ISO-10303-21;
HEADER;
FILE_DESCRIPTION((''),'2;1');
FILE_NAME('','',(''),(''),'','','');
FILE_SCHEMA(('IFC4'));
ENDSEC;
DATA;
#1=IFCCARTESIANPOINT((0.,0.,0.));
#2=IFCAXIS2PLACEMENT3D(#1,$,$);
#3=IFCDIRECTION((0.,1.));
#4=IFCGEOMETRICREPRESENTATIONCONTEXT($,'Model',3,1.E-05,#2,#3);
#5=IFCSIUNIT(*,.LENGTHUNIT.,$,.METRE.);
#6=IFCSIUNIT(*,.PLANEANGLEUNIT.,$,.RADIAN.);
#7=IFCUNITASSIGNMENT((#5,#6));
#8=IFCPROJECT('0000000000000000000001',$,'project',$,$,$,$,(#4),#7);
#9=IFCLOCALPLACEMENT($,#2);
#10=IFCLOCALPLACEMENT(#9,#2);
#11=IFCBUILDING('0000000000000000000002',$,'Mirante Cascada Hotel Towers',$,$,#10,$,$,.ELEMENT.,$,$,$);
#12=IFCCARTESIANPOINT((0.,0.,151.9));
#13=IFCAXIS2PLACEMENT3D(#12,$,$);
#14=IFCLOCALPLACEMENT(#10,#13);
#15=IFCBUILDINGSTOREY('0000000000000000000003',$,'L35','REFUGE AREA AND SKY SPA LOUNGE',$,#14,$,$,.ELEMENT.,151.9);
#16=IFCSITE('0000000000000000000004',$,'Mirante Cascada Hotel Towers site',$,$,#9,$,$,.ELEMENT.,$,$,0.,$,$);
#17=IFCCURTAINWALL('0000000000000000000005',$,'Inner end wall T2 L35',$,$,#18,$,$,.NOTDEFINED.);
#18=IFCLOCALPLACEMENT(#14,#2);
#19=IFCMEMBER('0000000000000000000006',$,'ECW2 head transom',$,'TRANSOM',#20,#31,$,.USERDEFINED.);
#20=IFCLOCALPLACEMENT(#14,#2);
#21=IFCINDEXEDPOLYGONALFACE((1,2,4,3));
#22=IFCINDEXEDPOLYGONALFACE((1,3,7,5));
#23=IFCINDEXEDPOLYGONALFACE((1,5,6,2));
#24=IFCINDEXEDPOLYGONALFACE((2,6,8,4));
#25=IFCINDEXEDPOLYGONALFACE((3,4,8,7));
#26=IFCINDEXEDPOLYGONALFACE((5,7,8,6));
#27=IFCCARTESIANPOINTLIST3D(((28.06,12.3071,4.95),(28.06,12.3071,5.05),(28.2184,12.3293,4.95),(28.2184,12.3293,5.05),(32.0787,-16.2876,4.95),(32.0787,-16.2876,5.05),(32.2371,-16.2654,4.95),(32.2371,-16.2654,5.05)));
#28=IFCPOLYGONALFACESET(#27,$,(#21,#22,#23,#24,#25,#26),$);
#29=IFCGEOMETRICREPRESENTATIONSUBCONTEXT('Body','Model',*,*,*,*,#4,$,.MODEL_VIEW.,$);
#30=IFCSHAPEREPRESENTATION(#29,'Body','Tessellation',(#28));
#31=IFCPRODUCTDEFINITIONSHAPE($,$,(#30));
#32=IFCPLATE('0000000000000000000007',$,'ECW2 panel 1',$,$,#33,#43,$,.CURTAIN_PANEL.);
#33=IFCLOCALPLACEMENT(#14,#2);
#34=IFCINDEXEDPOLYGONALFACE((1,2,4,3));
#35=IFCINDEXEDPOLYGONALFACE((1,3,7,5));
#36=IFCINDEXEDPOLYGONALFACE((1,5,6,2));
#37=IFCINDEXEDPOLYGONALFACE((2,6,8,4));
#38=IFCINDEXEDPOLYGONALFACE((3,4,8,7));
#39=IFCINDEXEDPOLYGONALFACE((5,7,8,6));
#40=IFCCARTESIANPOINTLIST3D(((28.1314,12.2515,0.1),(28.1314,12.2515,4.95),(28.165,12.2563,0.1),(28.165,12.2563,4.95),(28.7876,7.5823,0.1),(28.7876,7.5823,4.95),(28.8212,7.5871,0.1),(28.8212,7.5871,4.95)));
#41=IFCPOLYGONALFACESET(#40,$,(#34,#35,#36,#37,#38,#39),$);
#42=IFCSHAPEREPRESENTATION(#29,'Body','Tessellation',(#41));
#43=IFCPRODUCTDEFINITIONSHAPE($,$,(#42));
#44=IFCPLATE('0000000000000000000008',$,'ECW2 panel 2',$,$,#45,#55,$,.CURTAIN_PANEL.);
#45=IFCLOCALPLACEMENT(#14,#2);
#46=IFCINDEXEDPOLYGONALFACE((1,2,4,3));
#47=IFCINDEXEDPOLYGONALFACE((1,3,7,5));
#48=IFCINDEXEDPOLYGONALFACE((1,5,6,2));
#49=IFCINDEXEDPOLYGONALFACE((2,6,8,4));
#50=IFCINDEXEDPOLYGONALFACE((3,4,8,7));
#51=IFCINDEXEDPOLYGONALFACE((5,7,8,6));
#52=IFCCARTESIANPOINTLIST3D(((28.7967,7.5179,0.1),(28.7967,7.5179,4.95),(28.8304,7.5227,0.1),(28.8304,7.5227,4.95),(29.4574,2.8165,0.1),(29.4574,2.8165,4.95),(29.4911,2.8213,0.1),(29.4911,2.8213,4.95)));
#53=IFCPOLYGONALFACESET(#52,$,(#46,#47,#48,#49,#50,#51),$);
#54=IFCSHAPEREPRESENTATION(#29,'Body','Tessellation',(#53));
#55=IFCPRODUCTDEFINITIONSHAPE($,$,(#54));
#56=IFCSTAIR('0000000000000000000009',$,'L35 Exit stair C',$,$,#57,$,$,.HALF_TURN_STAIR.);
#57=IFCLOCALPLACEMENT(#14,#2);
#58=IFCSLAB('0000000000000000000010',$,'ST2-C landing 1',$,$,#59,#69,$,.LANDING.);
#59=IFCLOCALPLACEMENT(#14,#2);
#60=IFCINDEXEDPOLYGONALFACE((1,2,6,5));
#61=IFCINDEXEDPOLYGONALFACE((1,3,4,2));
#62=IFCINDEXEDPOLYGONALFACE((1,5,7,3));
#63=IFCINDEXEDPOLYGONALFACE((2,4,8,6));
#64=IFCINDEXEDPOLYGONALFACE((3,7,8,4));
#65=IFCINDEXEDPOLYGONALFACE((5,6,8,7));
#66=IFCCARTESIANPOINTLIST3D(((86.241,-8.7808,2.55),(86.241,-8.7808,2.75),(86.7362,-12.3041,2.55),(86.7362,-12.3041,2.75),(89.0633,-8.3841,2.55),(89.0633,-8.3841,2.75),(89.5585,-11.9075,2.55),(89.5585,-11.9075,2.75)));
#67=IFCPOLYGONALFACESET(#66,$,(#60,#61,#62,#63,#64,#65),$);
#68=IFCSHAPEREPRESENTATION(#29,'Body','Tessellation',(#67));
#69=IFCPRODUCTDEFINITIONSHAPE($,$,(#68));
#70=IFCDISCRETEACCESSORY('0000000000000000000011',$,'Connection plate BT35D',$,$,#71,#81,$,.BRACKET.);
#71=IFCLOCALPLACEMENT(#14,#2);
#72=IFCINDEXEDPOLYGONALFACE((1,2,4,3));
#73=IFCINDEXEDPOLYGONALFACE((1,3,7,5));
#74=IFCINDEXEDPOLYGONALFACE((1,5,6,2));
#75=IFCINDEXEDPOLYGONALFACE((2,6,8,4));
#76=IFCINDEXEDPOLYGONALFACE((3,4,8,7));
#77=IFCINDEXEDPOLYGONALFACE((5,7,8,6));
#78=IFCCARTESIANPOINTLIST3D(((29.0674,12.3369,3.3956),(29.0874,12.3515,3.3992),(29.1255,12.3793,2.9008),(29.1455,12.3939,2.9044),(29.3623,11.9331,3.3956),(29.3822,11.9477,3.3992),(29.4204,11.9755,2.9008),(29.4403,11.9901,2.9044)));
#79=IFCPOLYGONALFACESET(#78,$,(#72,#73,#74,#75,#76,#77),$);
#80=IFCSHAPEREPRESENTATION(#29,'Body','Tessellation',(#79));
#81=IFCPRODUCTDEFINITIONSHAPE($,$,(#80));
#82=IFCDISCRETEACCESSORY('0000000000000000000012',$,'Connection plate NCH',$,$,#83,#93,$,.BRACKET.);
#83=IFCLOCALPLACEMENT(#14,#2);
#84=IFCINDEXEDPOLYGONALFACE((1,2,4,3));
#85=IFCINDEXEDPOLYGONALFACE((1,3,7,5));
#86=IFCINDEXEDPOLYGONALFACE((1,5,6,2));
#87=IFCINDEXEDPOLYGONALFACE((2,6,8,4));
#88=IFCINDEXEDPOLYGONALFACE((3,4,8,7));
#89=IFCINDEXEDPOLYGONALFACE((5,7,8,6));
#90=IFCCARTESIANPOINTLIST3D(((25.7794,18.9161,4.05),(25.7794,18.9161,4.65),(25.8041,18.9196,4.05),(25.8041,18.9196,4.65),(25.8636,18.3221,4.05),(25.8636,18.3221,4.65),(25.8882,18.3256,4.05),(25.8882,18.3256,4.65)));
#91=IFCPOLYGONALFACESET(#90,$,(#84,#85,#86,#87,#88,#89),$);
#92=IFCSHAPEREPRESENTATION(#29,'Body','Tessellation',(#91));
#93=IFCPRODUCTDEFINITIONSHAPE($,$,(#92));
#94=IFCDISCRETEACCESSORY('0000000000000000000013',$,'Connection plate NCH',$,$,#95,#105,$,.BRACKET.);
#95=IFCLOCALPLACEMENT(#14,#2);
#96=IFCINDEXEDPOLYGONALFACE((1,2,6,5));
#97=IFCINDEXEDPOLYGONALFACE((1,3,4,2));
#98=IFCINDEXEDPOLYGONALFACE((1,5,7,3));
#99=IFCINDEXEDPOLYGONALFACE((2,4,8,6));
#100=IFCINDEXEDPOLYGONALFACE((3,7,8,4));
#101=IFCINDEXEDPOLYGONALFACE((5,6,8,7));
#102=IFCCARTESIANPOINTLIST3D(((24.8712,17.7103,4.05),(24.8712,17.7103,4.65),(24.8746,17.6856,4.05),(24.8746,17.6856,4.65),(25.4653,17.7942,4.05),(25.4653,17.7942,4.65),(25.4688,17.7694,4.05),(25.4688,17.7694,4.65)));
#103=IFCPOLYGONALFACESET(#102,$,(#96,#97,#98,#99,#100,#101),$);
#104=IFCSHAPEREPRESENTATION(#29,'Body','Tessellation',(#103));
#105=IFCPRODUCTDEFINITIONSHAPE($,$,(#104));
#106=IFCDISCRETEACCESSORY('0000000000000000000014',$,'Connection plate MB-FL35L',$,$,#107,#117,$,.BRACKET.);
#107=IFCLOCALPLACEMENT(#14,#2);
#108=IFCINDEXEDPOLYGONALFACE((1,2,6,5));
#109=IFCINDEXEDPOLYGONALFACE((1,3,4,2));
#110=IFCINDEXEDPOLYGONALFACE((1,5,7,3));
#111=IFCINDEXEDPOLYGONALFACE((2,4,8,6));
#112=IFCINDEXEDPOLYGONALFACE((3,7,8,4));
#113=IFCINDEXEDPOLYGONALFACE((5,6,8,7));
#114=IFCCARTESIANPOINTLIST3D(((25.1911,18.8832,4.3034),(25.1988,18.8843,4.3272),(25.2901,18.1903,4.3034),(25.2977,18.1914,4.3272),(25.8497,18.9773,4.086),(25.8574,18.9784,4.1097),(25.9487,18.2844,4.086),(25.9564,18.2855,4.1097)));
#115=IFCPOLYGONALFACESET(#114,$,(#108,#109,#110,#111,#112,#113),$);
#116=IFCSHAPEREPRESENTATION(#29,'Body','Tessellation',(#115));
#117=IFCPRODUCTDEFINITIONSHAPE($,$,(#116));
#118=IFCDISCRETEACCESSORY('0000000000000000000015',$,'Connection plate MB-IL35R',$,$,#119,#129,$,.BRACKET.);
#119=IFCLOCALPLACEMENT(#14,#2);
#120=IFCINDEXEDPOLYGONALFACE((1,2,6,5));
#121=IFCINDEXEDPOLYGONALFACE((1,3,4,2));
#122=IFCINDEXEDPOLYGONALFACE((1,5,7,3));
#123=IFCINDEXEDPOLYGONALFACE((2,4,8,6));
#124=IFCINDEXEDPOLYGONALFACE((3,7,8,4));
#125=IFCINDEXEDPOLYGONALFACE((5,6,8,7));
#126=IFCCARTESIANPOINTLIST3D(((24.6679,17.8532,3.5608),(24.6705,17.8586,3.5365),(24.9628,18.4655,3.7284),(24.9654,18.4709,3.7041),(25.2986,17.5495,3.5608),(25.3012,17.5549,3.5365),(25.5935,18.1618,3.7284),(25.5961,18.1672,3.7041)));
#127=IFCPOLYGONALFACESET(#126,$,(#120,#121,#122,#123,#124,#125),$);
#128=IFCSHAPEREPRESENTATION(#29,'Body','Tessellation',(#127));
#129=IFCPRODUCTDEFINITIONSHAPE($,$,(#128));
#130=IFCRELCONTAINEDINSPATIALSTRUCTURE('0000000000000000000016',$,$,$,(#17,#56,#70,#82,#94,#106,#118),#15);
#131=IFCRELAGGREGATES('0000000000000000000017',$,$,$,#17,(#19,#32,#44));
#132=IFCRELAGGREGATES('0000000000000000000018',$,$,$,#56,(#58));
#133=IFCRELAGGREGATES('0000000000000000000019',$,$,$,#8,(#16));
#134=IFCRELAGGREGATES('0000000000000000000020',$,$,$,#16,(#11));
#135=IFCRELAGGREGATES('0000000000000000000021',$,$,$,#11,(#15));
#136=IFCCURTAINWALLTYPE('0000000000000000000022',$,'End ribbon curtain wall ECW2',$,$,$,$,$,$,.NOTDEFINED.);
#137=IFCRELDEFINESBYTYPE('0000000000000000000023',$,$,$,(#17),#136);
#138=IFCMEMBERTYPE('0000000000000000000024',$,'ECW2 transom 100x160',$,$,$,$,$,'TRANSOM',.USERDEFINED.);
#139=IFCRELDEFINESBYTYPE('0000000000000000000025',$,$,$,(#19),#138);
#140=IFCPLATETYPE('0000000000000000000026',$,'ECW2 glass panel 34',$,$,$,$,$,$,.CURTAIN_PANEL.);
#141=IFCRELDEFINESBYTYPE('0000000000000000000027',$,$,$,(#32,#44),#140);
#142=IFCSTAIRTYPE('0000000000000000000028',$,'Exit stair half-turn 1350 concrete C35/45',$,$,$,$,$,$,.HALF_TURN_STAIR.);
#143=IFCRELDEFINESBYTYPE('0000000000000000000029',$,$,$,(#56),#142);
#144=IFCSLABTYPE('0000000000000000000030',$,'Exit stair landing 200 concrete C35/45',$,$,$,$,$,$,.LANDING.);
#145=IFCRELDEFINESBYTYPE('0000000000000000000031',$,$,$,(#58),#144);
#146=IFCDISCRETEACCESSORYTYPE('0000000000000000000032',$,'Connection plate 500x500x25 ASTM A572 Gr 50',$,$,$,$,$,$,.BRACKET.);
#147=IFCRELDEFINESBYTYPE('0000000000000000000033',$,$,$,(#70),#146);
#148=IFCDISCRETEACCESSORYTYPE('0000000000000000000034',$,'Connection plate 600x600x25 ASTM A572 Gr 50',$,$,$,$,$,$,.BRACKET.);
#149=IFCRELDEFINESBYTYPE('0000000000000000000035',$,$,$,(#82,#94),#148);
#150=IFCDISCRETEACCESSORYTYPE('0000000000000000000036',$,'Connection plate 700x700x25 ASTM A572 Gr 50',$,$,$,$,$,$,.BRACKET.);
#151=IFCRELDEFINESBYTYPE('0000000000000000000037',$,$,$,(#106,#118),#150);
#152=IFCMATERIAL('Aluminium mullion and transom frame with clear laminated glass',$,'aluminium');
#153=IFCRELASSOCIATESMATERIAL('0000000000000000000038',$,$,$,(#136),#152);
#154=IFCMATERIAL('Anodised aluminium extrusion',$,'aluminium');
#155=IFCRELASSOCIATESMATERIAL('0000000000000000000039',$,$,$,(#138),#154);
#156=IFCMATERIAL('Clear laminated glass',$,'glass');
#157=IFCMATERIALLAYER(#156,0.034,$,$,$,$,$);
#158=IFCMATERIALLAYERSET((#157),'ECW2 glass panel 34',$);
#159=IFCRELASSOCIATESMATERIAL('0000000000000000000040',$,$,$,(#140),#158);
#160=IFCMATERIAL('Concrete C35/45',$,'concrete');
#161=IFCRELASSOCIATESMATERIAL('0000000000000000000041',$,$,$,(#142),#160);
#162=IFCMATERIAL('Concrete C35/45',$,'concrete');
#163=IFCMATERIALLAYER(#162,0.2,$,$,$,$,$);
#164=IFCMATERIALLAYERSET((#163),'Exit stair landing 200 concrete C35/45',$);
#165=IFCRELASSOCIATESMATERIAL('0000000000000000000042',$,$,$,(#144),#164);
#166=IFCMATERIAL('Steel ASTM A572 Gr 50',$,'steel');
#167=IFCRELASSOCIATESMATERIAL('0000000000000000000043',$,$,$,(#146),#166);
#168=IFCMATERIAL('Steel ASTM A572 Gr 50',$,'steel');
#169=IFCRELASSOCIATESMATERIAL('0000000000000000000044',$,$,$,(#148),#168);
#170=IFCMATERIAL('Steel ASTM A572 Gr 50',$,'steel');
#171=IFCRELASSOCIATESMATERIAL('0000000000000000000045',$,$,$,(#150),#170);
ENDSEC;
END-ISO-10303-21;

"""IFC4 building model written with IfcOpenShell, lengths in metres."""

from ifc_helpers import new_model, si_unit, direction, frame, origin, origin_2d, place, context, subcontext, project, spatial, polyline, rectangle, outline, extrude, material, layer, layer_set, material_profile, profile_set, type_object, element, aggregate, save


model = new_model("IFC4")

# Units and contexts
model_context = context("Model", 3, precision=1e-05, world=origin(), true_north=direction((0.0, 1.0)))
body_context = subcontext(model_context, "Body", "Model", "MODEL_VIEW")
ifc_project = project(units=[si_unit("LENGTHUNIT", "METRE"), si_unit("PLANEANGLEUNIT", "RADIAN")], contexts=[model_context])

# Site, building, storey
site_placement = place(None, origin())
site = spatial("IfcSite", under=ifc_project, at=site_placement, Name="Mirante Cascada Hotel Towers site", CompositionType="ELEMENT", RefElevation=0.0)
building_placement = place(site_placement, origin())
building = spatial("IfcBuilding", under=site, at=building_placement, Name="Mirante Cascada Hotel Towers", CompositionType="ELEMENT")
storey_placement = place(building_placement, frame((0.0, 0.0, 151.9)))
storey = spatial("IfcBuildingStorey", under=building, at=storey_placement, Name="L35", Description="REFUGE AREA AND SKY SPA LOUNGE", CompositionType="ELEMENT", Elevation=151.9)

# Curtain wall, member, plates
ifc_material_1 = material(Name="Aluminium mullion and transom frame with clear laminated glass", Category="aluminium")
curtain_wall_type = type_object("IfcCurtainWallType", Name="End ribbon curtain wall ECW2", PredefinedType="NOTDEFINED", material=ifc_material_1)
curtain_wall_placement = place(storey_placement, origin())
curtain_wall = element("IfcCurtainWall", 1, at=curtain_wall_placement, inside=storey, type_object=curtain_wall_type, Name="Inner end wall T2 L35", PredefinedType="NOTDEFINED")
ifc_material_2 = material(Name="Anodised aluminium extrusion", Category="aluminium")
ifc_material_profile_1 = material_profile(ifc_material_2, rectangle(XDim=0.16, YDim=0.1, at=origin_2d()), Name="ECW2 TRANSOM 100x160")
ifc_profile_set_1 = profile_set([ifc_material_profile_1], Name="Anodised aluminium extrusion")
member_type_1 = type_object("IfcMemberType", Name="ECW2 transom 100x160", ElementType="TRANSOM", PredefinedType="USERDEFINED", material=ifc_profile_set_1)
member_1_placement = place(storey_placement, frame((28.1392, 12.3182, 5.0), z_axis=(0.139172, -0.990268, 0.0), x_axis=(0.990268, 0.139172, 0.0)))
member_1 = element("IfcMember", 2, at=member_1_placement, type_object=member_type_1, Name="ECW2 head transom", ObjectType="TRANSOM", PredefinedType="USERDEFINED", context=body_context, shape_type="SweptSolid", body=[
    extrude(rectangle(XDim=0.16, YDim=0.1, at=origin_2d()), origin(), (0.0, 0.0, 1.0), 28.8757),
])
ifc_material_3 = material(Name="Clear laminated glass", Category="glass")
ifc_layer_1 = layer(ifc_material_3, 0.034)
ifc_layer_set_1 = layer_set([ifc_layer_1], Name="ECW2 glass panel 34")
plate_type = type_object("IfcPlateType", Name="ECW2 glass panel 34", PredefinedType="CURTAIN_PANEL", material=ifc_layer_set_1)
plate_1_placement = place(storey_placement, frame((28.4763, 9.9193, 0.1), z_axis=(0.0, 0.0, 1.0), x_axis=(0.139173, -0.990268, 0.0)))
plate_1 = element("IfcPlate", 3, at=plate_1_placement, type_object=plate_type, Name="ECW2 panel 1", PredefinedType="CURTAIN_PANEL", context=body_context, shape_type="SweptSolid", body=[
    extrude(rectangle(XDim=4.7151, YDim=0.034, at=origin_2d()), origin(), (0.0, 0.0, 1.0), 4.85),
])
plate_2_placement = place(storey_placement, frame((29.1439, 5.1696, 0.1), z_axis=(0.0, 0.0, 1.0), x_axis=(0.139173, -0.990268, 0.0)))
plate_2 = element("IfcPlate", 4, at=plate_2_placement, type_object=plate_type, Name="ECW2 panel 2", PredefinedType="CURTAIN_PANEL", context=body_context, shape_type="SweptSolid", body=[
    extrude(rectangle(XDim=4.7476, YDim=0.034, at=origin_2d()), origin(), (0.0, 0.0, 1.0), 4.85),
])
aggregate(curtain_wall, [member_1, plate_1, plate_2])

# Stair, slab
ifc_material_4 = material(Name="Concrete C35/45", Category="concrete")
stair_type = type_object("IfcStairType", Name="Exit stair half-turn 1350 concrete C35/45", PredefinedType="HALF_TURN_STAIR", material=ifc_material_4)
stair_placement = place(storey_placement, origin())
stair = element("IfcStair", 5, at=stair_placement, inside=storey, type_object=stair_type, Name="L35 Exit stair C", PredefinedType="HALF_TURN_STAIR")
ifc_material_5 = material(Name="Concrete C35/45", Category="concrete")
ifc_layer_2 = layer(ifc_material_5, 0.2)
ifc_layer_set_2 = layer_set([ifc_layer_2], Name="Exit stair landing 200 concrete C35/45")
slab_type = type_object("IfcSlabType", Name="Exit stair landing 200 concrete C35/45", PredefinedType="LANDING", material=ifc_layer_set_2)
slab_placement = place(storey_placement, frame((0.0, 0.0, 2.55)))
slab = element("IfcSlab", 6, at=slab_placement, type_object=slab_type, Name="ST2-C landing 1", PredefinedType="LANDING", context=body_context, shape_type="SweptSolid", body=[
    extrude(outline(polyline([(86.241, -8.7808), (86.7362, -12.3041), (89.5585, -11.9075), (89.0633, -8.3841), (86.241, -8.7808)])), origin(), (0.0, 0.0, 1.0), 0.2),
])
aggregate(stair, [slab])

# Discrete accessories
ifc_material_6 = material(Name="Steel ASTM A572 Gr 50", Category="steel")
ifc_material_profile_2 = material_profile(ifc_material_6, rectangle(XDim=0.5, YDim=0.5, at=origin_2d()), Name="Connection plate 500x500x25 ASTM A572 Gr 50")
ifc_profile_set_2 = profile_set([ifc_material_profile_2], Name="Steel ASTM A572 Gr 50")
discrete_accessory_type_1 = type_object("IfcDiscreteAccessoryType", Name="Connection plate 500x500x25 ASTM A572 Gr 50", PredefinedType="BRACKET", material=ifc_profile_set_2)
discrete_accessory_1_placement = place(storey_placement, frame((29.2439, 12.1562, 3.1482), z_axis=(0.799284, 0.583477, 0.143871), x_axis=(-0.589611, 0.807687, 0.0)))
element("IfcDiscreteAccessory", 7, at=discrete_accessory_1_placement, inside=storey, type_object=discrete_accessory_type_1, Name="Connection plate BT35D", PredefinedType="BRACKET", context=body_context, shape_type="SweptSolid", body=[
    extrude(rectangle(XDim=0.5, YDim=0.5, at=origin_2d()), origin(), (0.0, 0.0, 1.0), 0.025),
])
ifc_material_7 = material(Name="Steel ASTM A572 Gr 50", Category="steel")
ifc_material_profile_3 = material_profile(ifc_material_7, rectangle(XDim=0.6, YDim=0.6, at=origin_2d()), Name="Connection plate 600x600x25 ASTM A572 Gr 50")
ifc_profile_set_3 = profile_set([ifc_material_profile_3], Name="Steel ASTM A572 Gr 50")
discrete_accessory_type_2 = type_object("IfcDiscreteAccessoryType", Name="Connection plate 600x600x25 ASTM A572 Gr 50", PredefinedType="BRACKET", material=ifc_profile_set_3)
discrete_accessory_2_placement = place(storey_placement, frame((25.8215, 18.6191, 4.35), z_axis=(0.990109, 0.140299, 0.0), x_axis=(-0.140299, 0.990109, 0.0)))
element("IfcDiscreteAccessory", 8, at=discrete_accessory_2_placement, inside=storey, type_object=discrete_accessory_type_2, Name="Connection plate NCH", PredefinedType="BRACKET", context=body_context, shape_type="SweptSolid", body=[
    extrude(rectangle(XDim=0.6, YDim=0.6, at=origin_2d()), origin(), (0.0, 0.0, 1.0), 0.0249),
])
discrete_accessory_3_placement = place(storey_placement, frame((25.1717, 17.7275, 4.35), z_axis=(-0.139744, 0.990188, 0.0), x_axis=(-0.990188, -0.139744, 0.0)))
element("IfcDiscreteAccessory", 9, at=discrete_accessory_3_placement, inside=storey, type_object=discrete_accessory_type_2, Name="Connection plate NCH", PredefinedType="BRACKET", context=body_context, shape_type="SweptSolid", body=[
    extrude(rectangle(XDim=0.6, YDim=0.6, at=origin_2d()), origin(), (0.0, 0.0, 1.0), 0.025),
])
ifc_material_8 = material(Name="Steel ASTM A572 Gr 50", Category="steel")
ifc_material_profile_4 = material_profile(ifc_material_8, rectangle(XDim=0.7, YDim=0.7, at=origin_2d()), Name="Connection plate 700x700x25 ASTM A572 Gr 50")
ifc_profile_set_4 = profile_set([ifc_material_profile_4], Name="Steel ASTM A572 Gr 50")
discrete_accessory_type_3 = type_object("IfcDiscreteAccessoryType", Name="Connection plate 700x700x25 ASTM A572 Gr 50", PredefinedType="BRACKET", material=ifc_profile_set_4)
for number, where, z_axis, x_axis, name in (
    (10, (25.5699, 18.5838, 4.1947), (0.307523, 0.043932, 0.950526), (-0.141421, 0.98995, 0.0), "Connection plate MB-FL35L"),
    (11, (25.1333, 18.0129, 3.6203), (-0.103883, -0.215757, 0.970905), (0.901002, -0.433816, 0.0), "Connection plate MB-IL35R"),
):
    element("IfcDiscreteAccessory", number, at=place(storey_placement, frame(where, z_axis=z_axis, x_axis=x_axis)), inside=storey, type_object=discrete_accessory_type_3, Name=name, PredefinedType="BRACKET", context=body_context, shape_type="SweptSolid", body=[
        extrude(rectangle(XDim=0.7, YDim=0.7, at=origin_2d()), origin(), (0.0, 0.0, 1.0), 0.025),
    ])

save(model, "model.ifc")
